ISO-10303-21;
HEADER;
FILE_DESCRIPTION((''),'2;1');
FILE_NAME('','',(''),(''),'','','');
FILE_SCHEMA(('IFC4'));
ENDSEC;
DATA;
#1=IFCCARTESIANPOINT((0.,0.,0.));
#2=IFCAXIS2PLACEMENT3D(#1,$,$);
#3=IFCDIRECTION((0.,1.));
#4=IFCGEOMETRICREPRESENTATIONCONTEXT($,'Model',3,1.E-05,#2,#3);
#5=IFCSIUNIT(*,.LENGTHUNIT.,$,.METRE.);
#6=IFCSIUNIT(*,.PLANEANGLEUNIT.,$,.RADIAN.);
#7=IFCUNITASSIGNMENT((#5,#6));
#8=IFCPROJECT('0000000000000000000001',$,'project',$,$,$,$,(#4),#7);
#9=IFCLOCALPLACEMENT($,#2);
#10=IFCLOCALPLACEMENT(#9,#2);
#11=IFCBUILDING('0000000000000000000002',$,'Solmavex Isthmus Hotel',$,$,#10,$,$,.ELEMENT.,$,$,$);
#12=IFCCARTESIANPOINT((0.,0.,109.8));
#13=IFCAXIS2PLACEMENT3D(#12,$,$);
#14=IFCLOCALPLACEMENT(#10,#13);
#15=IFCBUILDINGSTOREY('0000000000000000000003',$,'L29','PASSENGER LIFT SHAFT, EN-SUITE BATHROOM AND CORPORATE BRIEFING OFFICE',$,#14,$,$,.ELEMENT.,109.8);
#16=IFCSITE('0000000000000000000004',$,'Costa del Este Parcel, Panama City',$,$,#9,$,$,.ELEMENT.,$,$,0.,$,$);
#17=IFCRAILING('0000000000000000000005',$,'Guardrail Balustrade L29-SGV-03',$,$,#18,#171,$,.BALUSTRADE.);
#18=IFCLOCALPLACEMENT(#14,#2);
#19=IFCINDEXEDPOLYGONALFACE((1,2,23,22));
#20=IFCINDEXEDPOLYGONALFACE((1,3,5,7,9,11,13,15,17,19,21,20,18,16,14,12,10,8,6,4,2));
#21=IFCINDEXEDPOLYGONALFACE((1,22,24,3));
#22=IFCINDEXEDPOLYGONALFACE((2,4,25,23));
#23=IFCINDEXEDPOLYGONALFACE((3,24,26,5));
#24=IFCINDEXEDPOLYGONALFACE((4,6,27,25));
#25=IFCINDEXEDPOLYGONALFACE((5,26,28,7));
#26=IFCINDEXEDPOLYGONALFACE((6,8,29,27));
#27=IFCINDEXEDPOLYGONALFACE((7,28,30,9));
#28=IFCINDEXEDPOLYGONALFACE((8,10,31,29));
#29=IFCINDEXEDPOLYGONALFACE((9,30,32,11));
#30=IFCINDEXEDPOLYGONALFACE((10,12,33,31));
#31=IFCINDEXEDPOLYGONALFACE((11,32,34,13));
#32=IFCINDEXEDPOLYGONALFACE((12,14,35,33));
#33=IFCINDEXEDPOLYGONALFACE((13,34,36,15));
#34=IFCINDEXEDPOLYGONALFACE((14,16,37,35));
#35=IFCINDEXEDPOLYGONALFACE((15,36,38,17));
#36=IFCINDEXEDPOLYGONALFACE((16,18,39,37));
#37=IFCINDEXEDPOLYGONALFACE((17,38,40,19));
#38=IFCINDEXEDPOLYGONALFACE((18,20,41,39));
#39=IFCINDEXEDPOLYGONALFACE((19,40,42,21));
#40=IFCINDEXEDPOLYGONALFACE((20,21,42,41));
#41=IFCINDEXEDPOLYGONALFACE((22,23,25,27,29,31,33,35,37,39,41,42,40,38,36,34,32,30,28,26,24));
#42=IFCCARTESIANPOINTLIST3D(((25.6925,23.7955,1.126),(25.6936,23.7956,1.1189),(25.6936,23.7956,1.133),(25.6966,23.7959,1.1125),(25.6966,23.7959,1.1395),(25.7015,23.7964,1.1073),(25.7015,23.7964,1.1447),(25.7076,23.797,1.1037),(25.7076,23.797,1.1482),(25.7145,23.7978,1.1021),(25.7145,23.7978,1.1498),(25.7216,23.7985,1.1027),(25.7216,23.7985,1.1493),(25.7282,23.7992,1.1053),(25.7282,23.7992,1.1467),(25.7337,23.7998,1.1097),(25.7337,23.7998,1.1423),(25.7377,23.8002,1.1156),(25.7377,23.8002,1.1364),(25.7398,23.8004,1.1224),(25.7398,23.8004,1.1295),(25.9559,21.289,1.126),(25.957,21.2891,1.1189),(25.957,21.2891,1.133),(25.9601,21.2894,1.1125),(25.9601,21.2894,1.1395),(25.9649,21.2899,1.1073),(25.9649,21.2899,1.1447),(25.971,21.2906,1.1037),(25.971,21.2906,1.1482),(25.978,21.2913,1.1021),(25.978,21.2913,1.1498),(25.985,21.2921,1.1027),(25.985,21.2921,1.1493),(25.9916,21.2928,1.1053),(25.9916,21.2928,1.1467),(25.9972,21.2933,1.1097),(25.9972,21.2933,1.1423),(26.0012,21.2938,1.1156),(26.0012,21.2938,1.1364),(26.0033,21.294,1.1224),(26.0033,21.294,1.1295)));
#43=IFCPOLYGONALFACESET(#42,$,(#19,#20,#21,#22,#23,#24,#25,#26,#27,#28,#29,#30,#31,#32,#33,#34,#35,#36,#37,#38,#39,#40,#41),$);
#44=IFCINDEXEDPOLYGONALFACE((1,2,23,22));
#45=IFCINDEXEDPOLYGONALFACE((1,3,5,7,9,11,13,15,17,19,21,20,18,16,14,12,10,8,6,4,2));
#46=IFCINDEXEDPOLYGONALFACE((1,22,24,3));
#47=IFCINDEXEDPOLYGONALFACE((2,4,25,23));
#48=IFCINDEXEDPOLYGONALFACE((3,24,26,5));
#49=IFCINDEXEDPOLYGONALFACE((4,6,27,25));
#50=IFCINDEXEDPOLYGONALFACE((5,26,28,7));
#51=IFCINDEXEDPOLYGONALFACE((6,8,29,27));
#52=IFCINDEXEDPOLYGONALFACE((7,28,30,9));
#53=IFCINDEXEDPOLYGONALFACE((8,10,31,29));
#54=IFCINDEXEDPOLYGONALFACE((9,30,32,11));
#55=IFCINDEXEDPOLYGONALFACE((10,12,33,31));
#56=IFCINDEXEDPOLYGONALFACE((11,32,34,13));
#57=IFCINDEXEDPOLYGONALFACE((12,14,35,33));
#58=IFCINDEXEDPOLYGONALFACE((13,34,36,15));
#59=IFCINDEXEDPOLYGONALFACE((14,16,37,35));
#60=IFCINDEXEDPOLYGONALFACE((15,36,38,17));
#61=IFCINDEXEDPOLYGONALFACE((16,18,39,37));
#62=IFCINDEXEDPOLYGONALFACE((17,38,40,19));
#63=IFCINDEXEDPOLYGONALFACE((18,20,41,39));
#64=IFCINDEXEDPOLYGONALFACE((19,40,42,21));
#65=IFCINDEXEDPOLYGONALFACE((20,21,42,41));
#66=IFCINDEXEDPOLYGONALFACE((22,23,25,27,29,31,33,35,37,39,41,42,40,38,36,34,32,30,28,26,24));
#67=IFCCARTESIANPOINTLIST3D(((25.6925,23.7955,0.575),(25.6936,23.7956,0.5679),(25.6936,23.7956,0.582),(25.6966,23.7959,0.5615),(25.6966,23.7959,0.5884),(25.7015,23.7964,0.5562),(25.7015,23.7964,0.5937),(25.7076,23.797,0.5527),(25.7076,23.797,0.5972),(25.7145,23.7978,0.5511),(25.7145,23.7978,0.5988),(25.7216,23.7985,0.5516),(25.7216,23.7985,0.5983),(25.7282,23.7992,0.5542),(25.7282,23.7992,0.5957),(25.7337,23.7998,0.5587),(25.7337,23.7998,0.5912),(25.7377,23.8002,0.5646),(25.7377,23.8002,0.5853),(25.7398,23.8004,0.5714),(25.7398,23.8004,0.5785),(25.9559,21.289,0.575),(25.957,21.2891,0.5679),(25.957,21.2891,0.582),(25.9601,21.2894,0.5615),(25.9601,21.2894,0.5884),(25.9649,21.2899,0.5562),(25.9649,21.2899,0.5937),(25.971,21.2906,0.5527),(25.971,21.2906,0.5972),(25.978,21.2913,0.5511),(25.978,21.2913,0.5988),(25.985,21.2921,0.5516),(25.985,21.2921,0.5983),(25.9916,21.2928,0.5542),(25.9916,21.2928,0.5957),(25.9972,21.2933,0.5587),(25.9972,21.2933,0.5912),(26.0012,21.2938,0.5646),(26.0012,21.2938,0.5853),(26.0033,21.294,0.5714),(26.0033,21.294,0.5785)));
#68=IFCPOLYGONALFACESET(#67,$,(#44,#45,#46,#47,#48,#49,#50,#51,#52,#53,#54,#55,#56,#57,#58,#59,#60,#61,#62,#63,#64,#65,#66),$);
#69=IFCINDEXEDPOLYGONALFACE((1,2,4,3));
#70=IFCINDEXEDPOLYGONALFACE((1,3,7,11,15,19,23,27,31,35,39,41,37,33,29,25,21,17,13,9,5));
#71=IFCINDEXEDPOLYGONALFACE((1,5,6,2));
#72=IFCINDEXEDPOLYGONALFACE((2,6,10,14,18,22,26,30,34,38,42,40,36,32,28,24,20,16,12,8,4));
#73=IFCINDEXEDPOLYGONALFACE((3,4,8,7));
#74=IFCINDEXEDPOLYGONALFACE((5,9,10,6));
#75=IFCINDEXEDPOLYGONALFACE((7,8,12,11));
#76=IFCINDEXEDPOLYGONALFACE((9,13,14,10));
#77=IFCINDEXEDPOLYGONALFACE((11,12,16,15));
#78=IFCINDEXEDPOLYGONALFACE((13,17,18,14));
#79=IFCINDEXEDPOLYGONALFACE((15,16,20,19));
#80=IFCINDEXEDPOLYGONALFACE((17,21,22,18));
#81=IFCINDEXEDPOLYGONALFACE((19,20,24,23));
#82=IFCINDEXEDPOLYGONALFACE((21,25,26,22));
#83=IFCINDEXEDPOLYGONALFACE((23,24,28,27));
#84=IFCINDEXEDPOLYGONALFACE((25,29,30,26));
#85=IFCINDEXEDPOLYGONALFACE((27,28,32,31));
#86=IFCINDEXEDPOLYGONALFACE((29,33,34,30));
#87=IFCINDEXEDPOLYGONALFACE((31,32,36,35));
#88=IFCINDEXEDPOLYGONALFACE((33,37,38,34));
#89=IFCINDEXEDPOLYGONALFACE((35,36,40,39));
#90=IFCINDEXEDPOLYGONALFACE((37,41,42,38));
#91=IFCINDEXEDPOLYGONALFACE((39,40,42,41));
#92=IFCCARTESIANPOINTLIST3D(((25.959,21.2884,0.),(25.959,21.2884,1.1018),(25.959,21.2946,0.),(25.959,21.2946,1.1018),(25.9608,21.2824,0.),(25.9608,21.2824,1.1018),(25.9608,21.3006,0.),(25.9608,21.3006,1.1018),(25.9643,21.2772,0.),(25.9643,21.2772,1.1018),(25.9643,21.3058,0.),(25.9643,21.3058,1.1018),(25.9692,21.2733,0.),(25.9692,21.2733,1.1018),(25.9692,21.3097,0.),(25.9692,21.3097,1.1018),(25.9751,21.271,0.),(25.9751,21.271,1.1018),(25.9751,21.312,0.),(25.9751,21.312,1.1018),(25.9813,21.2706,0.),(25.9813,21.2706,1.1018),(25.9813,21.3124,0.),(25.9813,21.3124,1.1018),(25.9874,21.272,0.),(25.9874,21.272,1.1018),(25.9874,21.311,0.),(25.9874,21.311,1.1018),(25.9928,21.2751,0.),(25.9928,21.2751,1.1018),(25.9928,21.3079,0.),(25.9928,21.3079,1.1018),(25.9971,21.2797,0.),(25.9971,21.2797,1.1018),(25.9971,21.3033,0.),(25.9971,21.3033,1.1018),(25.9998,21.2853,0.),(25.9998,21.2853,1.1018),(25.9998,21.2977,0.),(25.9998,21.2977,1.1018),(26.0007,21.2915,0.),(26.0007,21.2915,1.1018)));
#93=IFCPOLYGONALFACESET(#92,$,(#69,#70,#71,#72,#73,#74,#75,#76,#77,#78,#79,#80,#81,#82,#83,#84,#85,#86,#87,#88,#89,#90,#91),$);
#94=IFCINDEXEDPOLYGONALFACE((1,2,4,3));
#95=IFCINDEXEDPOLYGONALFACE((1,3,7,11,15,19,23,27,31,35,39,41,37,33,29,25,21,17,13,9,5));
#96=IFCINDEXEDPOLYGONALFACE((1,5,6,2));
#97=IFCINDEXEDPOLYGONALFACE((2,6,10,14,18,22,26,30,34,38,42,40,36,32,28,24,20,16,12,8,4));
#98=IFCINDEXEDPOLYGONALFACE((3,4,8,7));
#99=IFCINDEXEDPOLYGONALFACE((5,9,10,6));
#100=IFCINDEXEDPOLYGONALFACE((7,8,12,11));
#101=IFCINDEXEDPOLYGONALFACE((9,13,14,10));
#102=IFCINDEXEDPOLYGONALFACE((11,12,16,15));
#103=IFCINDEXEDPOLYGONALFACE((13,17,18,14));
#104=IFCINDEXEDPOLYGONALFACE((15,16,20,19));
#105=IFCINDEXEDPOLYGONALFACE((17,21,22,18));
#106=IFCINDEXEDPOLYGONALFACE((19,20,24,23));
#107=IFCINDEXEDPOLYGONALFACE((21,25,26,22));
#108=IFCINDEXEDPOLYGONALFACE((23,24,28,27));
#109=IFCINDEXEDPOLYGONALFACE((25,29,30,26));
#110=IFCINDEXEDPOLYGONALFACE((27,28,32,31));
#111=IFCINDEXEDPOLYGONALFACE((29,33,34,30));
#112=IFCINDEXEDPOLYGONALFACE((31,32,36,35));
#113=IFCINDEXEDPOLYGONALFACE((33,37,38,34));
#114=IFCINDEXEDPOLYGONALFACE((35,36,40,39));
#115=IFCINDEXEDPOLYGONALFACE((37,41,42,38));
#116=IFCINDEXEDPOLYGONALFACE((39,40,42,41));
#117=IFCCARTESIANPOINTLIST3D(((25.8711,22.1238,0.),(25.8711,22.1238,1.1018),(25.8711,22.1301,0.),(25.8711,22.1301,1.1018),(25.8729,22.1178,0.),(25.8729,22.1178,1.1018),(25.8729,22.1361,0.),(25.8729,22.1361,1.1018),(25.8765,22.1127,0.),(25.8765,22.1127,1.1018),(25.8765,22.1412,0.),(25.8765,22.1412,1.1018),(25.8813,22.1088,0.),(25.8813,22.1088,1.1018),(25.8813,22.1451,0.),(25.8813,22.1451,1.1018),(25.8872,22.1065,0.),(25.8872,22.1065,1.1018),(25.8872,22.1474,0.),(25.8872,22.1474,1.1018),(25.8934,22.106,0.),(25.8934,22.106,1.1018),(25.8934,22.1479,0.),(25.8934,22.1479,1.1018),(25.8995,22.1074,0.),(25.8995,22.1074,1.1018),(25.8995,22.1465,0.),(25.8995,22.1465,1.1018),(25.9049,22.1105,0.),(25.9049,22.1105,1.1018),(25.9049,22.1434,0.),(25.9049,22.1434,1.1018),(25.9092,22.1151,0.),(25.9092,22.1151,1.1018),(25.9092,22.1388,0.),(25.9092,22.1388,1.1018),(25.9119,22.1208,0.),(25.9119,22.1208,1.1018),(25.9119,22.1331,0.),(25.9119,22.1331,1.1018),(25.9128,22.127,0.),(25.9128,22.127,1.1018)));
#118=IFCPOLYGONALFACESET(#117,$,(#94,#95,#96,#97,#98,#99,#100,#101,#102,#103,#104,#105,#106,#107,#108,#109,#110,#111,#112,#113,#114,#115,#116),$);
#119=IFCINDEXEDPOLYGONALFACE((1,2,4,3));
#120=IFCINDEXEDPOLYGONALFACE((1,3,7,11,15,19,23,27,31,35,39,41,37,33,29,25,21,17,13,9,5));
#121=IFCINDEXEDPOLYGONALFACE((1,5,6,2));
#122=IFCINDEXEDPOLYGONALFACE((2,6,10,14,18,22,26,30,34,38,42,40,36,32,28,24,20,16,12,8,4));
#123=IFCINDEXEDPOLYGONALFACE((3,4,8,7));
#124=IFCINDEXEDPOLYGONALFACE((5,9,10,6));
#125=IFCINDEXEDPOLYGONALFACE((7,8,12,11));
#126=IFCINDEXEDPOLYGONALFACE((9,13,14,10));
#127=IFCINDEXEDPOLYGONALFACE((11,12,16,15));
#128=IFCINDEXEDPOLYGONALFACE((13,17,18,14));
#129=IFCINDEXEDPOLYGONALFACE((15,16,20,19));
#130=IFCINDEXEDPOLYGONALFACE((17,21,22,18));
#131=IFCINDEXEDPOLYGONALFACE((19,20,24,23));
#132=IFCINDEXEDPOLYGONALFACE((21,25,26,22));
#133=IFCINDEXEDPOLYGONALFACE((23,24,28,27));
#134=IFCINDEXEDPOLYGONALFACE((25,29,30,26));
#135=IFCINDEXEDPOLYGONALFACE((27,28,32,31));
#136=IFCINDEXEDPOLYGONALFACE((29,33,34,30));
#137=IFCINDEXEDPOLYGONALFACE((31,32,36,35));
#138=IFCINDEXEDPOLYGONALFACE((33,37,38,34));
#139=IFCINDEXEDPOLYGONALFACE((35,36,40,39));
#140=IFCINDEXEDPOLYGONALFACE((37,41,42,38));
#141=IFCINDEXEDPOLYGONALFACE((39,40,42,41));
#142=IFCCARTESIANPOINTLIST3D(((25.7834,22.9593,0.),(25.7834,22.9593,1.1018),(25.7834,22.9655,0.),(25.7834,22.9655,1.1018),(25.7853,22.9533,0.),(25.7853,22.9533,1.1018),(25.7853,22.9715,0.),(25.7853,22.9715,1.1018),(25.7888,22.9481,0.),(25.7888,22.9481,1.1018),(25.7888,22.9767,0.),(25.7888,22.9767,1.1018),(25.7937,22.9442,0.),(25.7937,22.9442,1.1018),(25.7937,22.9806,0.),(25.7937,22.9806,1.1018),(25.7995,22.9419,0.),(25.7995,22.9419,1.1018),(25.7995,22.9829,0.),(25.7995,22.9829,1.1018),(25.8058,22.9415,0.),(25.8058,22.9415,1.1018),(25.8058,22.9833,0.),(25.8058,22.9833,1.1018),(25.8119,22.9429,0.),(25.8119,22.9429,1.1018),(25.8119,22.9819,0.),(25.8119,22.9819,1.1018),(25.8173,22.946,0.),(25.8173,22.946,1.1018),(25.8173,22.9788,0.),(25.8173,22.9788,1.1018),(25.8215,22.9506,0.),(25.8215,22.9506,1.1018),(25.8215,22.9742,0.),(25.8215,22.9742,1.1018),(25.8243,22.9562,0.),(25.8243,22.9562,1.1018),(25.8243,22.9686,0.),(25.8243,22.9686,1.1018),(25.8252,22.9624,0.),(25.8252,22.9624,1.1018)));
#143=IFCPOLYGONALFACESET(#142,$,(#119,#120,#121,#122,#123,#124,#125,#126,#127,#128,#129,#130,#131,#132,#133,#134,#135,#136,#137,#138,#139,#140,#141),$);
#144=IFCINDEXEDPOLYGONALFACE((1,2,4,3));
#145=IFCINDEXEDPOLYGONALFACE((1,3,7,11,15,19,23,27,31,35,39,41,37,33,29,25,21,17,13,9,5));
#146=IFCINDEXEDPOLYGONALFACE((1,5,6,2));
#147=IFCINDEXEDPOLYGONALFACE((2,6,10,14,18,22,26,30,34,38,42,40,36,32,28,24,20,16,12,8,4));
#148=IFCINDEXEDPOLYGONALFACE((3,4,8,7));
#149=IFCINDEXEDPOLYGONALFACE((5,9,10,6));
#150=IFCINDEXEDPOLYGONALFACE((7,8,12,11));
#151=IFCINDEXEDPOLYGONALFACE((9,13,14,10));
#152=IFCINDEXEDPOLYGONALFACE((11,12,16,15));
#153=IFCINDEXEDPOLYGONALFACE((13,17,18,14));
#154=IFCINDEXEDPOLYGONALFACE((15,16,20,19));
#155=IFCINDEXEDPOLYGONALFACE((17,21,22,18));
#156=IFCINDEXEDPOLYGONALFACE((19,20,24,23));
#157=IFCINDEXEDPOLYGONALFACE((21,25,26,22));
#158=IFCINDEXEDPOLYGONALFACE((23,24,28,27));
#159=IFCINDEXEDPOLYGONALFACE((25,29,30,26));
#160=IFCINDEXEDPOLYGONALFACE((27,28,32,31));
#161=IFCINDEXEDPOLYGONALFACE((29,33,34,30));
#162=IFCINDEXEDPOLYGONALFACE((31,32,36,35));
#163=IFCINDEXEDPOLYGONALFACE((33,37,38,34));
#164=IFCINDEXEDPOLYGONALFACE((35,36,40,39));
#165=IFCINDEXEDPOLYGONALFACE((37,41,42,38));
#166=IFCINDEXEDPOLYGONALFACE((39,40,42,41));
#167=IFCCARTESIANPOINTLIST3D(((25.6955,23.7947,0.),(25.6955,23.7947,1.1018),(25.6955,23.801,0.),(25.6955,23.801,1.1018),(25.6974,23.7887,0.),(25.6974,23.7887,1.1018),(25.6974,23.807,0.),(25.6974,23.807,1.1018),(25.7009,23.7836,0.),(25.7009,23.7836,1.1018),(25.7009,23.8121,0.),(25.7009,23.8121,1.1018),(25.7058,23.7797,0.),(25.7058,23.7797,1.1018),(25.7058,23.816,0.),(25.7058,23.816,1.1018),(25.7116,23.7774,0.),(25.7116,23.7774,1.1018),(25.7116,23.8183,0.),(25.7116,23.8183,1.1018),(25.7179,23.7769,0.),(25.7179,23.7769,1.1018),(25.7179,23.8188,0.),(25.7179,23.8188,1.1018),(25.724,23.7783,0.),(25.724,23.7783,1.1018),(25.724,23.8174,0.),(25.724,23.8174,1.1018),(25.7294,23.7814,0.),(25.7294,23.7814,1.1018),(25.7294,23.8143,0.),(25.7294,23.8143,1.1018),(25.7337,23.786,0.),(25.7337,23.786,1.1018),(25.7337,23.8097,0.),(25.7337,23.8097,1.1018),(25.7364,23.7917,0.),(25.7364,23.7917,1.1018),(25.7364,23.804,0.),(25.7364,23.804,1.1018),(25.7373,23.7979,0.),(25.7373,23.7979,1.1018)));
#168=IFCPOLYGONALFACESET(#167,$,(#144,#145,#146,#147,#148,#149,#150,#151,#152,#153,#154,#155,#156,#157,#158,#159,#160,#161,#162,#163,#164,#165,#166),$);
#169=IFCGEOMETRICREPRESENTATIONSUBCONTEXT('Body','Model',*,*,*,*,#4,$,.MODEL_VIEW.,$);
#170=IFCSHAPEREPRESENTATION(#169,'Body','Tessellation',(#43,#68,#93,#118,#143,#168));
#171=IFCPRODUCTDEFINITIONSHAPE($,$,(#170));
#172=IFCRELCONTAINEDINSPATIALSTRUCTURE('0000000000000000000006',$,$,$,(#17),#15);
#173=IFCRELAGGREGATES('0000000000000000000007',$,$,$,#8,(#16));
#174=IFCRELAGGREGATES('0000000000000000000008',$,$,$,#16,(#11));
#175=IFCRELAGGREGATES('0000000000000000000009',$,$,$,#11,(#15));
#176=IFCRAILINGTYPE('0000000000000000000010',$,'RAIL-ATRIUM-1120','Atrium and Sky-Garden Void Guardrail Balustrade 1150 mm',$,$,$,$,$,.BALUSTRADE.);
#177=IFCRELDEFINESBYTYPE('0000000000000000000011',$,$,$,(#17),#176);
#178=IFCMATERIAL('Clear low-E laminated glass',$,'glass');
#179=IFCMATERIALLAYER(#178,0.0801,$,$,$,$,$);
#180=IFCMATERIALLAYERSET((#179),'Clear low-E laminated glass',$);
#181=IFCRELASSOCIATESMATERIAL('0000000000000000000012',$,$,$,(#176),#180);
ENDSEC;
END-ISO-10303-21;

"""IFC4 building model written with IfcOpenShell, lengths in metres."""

from ifc_helpers import new_model, si_unit, direction, frame, origin, origin_2d, place, context, subcontext, project, spatial, circle, extrude, material, layer, layer_set, type_object, element, save


model = new_model("IFC4")

# Units and contexts
model_context = context("Model", 3, precision=1e-05, world=origin(), true_north=direction((0.0, 1.0)))
body_context = subcontext(model_context, "Body", "Model", "MODEL_VIEW")
ifc_project = project(units=[si_unit("LENGTHUNIT", "METRE"), si_unit("PLANEANGLEUNIT", "RADIAN")], contexts=[model_context])

# Site, building, storey
site_placement = place(None, origin())
site = spatial("IfcSite", under=ifc_project, at=site_placement, Name="Costa del Este Parcel, Panama City", CompositionType="ELEMENT", RefElevation=0.0)
building_placement = place(site_placement, origin())
building = spatial("IfcBuilding", under=site, at=building_placement, Name="Solmavex Isthmus Hotel", CompositionType="ELEMENT")
storey_placement = place(building_placement, frame((0.0, 0.0, 109.8)))
storey = spatial("IfcBuildingStorey", under=building, at=storey_placement, Name="L29", Description="PASSENGER LIFT SHAFT, EN-SUITE BATHROOM AND CORPORATE BRIEFING OFFICE", CompositionType="ELEMENT", Elevation=109.8)

# Shared definitions
ifc_material_1 = material(Name="Clear low-E laminated glass", Category="glass")

# Railing
ifc_layer_1 = layer(ifc_material_1, 0.0801)
ifc_layer_set_1 = layer_set([ifc_layer_1], Name="Clear low-E laminated glass")
railing_type = type_object("IfcRailingType", Name="RAIL-ATRIUM-1120", Description="Atrium and Sky-Garden Void Guardrail Balustrade 1150 mm", PredefinedType="BALUSTRADE", material=ifc_layer_set_1)
railing_placement = place(storey_placement, frame((25.9797, 21.2915, 0.0)))
element("IfcRailing", 1, at=railing_placement, inside=storey, type_object=railing_type, Name="Guardrail Balustrade L29-SGV-03", PredefinedType="BALUSTRADE", context=body_context, shape_type="SweptSolid", body=[
    extrude(circle(Radius=0.0239, at=origin_2d()), frame((0.0, 0.0, 1.126), z_axis=(-0.104528, 0.994522, 0.0), x_axis=(-0.994522, -0.104528, 0.0)), (0.0, 0.0, 1.0), 2.5203),
    extrude(circle(Radius=0.0239, at=origin_2d()), frame((0.0, 0.0, 0.575), z_axis=(-0.104528, 0.994522, 0.0), x_axis=(-0.994522, -0.104528, 0.0)), (0.0, 0.0, 1.0), 2.5203),
    extrude(circle(Radius=0.021, at=origin_2d()), origin(), (0.0, 0.0, 1.0), 1.1018),
    extrude(circle(Radius=0.021, at=origin_2d()), frame((-0.0879, 0.8354, 0.0)), (0.0, 0.0, 1.0), 1.1018),
    extrude(circle(Radius=0.021, at=origin_2d()), frame((-0.1755, 1.6709, 0.0)), (0.0, 0.0, 1.0), 1.1018),
    extrude(circle(Radius=0.021, at=origin_2d()), frame((-0.2634, 2.5063, 0.0)), (0.0, 0.0, 1.0), 1.1018),
])

save(model, "model.ifc")
